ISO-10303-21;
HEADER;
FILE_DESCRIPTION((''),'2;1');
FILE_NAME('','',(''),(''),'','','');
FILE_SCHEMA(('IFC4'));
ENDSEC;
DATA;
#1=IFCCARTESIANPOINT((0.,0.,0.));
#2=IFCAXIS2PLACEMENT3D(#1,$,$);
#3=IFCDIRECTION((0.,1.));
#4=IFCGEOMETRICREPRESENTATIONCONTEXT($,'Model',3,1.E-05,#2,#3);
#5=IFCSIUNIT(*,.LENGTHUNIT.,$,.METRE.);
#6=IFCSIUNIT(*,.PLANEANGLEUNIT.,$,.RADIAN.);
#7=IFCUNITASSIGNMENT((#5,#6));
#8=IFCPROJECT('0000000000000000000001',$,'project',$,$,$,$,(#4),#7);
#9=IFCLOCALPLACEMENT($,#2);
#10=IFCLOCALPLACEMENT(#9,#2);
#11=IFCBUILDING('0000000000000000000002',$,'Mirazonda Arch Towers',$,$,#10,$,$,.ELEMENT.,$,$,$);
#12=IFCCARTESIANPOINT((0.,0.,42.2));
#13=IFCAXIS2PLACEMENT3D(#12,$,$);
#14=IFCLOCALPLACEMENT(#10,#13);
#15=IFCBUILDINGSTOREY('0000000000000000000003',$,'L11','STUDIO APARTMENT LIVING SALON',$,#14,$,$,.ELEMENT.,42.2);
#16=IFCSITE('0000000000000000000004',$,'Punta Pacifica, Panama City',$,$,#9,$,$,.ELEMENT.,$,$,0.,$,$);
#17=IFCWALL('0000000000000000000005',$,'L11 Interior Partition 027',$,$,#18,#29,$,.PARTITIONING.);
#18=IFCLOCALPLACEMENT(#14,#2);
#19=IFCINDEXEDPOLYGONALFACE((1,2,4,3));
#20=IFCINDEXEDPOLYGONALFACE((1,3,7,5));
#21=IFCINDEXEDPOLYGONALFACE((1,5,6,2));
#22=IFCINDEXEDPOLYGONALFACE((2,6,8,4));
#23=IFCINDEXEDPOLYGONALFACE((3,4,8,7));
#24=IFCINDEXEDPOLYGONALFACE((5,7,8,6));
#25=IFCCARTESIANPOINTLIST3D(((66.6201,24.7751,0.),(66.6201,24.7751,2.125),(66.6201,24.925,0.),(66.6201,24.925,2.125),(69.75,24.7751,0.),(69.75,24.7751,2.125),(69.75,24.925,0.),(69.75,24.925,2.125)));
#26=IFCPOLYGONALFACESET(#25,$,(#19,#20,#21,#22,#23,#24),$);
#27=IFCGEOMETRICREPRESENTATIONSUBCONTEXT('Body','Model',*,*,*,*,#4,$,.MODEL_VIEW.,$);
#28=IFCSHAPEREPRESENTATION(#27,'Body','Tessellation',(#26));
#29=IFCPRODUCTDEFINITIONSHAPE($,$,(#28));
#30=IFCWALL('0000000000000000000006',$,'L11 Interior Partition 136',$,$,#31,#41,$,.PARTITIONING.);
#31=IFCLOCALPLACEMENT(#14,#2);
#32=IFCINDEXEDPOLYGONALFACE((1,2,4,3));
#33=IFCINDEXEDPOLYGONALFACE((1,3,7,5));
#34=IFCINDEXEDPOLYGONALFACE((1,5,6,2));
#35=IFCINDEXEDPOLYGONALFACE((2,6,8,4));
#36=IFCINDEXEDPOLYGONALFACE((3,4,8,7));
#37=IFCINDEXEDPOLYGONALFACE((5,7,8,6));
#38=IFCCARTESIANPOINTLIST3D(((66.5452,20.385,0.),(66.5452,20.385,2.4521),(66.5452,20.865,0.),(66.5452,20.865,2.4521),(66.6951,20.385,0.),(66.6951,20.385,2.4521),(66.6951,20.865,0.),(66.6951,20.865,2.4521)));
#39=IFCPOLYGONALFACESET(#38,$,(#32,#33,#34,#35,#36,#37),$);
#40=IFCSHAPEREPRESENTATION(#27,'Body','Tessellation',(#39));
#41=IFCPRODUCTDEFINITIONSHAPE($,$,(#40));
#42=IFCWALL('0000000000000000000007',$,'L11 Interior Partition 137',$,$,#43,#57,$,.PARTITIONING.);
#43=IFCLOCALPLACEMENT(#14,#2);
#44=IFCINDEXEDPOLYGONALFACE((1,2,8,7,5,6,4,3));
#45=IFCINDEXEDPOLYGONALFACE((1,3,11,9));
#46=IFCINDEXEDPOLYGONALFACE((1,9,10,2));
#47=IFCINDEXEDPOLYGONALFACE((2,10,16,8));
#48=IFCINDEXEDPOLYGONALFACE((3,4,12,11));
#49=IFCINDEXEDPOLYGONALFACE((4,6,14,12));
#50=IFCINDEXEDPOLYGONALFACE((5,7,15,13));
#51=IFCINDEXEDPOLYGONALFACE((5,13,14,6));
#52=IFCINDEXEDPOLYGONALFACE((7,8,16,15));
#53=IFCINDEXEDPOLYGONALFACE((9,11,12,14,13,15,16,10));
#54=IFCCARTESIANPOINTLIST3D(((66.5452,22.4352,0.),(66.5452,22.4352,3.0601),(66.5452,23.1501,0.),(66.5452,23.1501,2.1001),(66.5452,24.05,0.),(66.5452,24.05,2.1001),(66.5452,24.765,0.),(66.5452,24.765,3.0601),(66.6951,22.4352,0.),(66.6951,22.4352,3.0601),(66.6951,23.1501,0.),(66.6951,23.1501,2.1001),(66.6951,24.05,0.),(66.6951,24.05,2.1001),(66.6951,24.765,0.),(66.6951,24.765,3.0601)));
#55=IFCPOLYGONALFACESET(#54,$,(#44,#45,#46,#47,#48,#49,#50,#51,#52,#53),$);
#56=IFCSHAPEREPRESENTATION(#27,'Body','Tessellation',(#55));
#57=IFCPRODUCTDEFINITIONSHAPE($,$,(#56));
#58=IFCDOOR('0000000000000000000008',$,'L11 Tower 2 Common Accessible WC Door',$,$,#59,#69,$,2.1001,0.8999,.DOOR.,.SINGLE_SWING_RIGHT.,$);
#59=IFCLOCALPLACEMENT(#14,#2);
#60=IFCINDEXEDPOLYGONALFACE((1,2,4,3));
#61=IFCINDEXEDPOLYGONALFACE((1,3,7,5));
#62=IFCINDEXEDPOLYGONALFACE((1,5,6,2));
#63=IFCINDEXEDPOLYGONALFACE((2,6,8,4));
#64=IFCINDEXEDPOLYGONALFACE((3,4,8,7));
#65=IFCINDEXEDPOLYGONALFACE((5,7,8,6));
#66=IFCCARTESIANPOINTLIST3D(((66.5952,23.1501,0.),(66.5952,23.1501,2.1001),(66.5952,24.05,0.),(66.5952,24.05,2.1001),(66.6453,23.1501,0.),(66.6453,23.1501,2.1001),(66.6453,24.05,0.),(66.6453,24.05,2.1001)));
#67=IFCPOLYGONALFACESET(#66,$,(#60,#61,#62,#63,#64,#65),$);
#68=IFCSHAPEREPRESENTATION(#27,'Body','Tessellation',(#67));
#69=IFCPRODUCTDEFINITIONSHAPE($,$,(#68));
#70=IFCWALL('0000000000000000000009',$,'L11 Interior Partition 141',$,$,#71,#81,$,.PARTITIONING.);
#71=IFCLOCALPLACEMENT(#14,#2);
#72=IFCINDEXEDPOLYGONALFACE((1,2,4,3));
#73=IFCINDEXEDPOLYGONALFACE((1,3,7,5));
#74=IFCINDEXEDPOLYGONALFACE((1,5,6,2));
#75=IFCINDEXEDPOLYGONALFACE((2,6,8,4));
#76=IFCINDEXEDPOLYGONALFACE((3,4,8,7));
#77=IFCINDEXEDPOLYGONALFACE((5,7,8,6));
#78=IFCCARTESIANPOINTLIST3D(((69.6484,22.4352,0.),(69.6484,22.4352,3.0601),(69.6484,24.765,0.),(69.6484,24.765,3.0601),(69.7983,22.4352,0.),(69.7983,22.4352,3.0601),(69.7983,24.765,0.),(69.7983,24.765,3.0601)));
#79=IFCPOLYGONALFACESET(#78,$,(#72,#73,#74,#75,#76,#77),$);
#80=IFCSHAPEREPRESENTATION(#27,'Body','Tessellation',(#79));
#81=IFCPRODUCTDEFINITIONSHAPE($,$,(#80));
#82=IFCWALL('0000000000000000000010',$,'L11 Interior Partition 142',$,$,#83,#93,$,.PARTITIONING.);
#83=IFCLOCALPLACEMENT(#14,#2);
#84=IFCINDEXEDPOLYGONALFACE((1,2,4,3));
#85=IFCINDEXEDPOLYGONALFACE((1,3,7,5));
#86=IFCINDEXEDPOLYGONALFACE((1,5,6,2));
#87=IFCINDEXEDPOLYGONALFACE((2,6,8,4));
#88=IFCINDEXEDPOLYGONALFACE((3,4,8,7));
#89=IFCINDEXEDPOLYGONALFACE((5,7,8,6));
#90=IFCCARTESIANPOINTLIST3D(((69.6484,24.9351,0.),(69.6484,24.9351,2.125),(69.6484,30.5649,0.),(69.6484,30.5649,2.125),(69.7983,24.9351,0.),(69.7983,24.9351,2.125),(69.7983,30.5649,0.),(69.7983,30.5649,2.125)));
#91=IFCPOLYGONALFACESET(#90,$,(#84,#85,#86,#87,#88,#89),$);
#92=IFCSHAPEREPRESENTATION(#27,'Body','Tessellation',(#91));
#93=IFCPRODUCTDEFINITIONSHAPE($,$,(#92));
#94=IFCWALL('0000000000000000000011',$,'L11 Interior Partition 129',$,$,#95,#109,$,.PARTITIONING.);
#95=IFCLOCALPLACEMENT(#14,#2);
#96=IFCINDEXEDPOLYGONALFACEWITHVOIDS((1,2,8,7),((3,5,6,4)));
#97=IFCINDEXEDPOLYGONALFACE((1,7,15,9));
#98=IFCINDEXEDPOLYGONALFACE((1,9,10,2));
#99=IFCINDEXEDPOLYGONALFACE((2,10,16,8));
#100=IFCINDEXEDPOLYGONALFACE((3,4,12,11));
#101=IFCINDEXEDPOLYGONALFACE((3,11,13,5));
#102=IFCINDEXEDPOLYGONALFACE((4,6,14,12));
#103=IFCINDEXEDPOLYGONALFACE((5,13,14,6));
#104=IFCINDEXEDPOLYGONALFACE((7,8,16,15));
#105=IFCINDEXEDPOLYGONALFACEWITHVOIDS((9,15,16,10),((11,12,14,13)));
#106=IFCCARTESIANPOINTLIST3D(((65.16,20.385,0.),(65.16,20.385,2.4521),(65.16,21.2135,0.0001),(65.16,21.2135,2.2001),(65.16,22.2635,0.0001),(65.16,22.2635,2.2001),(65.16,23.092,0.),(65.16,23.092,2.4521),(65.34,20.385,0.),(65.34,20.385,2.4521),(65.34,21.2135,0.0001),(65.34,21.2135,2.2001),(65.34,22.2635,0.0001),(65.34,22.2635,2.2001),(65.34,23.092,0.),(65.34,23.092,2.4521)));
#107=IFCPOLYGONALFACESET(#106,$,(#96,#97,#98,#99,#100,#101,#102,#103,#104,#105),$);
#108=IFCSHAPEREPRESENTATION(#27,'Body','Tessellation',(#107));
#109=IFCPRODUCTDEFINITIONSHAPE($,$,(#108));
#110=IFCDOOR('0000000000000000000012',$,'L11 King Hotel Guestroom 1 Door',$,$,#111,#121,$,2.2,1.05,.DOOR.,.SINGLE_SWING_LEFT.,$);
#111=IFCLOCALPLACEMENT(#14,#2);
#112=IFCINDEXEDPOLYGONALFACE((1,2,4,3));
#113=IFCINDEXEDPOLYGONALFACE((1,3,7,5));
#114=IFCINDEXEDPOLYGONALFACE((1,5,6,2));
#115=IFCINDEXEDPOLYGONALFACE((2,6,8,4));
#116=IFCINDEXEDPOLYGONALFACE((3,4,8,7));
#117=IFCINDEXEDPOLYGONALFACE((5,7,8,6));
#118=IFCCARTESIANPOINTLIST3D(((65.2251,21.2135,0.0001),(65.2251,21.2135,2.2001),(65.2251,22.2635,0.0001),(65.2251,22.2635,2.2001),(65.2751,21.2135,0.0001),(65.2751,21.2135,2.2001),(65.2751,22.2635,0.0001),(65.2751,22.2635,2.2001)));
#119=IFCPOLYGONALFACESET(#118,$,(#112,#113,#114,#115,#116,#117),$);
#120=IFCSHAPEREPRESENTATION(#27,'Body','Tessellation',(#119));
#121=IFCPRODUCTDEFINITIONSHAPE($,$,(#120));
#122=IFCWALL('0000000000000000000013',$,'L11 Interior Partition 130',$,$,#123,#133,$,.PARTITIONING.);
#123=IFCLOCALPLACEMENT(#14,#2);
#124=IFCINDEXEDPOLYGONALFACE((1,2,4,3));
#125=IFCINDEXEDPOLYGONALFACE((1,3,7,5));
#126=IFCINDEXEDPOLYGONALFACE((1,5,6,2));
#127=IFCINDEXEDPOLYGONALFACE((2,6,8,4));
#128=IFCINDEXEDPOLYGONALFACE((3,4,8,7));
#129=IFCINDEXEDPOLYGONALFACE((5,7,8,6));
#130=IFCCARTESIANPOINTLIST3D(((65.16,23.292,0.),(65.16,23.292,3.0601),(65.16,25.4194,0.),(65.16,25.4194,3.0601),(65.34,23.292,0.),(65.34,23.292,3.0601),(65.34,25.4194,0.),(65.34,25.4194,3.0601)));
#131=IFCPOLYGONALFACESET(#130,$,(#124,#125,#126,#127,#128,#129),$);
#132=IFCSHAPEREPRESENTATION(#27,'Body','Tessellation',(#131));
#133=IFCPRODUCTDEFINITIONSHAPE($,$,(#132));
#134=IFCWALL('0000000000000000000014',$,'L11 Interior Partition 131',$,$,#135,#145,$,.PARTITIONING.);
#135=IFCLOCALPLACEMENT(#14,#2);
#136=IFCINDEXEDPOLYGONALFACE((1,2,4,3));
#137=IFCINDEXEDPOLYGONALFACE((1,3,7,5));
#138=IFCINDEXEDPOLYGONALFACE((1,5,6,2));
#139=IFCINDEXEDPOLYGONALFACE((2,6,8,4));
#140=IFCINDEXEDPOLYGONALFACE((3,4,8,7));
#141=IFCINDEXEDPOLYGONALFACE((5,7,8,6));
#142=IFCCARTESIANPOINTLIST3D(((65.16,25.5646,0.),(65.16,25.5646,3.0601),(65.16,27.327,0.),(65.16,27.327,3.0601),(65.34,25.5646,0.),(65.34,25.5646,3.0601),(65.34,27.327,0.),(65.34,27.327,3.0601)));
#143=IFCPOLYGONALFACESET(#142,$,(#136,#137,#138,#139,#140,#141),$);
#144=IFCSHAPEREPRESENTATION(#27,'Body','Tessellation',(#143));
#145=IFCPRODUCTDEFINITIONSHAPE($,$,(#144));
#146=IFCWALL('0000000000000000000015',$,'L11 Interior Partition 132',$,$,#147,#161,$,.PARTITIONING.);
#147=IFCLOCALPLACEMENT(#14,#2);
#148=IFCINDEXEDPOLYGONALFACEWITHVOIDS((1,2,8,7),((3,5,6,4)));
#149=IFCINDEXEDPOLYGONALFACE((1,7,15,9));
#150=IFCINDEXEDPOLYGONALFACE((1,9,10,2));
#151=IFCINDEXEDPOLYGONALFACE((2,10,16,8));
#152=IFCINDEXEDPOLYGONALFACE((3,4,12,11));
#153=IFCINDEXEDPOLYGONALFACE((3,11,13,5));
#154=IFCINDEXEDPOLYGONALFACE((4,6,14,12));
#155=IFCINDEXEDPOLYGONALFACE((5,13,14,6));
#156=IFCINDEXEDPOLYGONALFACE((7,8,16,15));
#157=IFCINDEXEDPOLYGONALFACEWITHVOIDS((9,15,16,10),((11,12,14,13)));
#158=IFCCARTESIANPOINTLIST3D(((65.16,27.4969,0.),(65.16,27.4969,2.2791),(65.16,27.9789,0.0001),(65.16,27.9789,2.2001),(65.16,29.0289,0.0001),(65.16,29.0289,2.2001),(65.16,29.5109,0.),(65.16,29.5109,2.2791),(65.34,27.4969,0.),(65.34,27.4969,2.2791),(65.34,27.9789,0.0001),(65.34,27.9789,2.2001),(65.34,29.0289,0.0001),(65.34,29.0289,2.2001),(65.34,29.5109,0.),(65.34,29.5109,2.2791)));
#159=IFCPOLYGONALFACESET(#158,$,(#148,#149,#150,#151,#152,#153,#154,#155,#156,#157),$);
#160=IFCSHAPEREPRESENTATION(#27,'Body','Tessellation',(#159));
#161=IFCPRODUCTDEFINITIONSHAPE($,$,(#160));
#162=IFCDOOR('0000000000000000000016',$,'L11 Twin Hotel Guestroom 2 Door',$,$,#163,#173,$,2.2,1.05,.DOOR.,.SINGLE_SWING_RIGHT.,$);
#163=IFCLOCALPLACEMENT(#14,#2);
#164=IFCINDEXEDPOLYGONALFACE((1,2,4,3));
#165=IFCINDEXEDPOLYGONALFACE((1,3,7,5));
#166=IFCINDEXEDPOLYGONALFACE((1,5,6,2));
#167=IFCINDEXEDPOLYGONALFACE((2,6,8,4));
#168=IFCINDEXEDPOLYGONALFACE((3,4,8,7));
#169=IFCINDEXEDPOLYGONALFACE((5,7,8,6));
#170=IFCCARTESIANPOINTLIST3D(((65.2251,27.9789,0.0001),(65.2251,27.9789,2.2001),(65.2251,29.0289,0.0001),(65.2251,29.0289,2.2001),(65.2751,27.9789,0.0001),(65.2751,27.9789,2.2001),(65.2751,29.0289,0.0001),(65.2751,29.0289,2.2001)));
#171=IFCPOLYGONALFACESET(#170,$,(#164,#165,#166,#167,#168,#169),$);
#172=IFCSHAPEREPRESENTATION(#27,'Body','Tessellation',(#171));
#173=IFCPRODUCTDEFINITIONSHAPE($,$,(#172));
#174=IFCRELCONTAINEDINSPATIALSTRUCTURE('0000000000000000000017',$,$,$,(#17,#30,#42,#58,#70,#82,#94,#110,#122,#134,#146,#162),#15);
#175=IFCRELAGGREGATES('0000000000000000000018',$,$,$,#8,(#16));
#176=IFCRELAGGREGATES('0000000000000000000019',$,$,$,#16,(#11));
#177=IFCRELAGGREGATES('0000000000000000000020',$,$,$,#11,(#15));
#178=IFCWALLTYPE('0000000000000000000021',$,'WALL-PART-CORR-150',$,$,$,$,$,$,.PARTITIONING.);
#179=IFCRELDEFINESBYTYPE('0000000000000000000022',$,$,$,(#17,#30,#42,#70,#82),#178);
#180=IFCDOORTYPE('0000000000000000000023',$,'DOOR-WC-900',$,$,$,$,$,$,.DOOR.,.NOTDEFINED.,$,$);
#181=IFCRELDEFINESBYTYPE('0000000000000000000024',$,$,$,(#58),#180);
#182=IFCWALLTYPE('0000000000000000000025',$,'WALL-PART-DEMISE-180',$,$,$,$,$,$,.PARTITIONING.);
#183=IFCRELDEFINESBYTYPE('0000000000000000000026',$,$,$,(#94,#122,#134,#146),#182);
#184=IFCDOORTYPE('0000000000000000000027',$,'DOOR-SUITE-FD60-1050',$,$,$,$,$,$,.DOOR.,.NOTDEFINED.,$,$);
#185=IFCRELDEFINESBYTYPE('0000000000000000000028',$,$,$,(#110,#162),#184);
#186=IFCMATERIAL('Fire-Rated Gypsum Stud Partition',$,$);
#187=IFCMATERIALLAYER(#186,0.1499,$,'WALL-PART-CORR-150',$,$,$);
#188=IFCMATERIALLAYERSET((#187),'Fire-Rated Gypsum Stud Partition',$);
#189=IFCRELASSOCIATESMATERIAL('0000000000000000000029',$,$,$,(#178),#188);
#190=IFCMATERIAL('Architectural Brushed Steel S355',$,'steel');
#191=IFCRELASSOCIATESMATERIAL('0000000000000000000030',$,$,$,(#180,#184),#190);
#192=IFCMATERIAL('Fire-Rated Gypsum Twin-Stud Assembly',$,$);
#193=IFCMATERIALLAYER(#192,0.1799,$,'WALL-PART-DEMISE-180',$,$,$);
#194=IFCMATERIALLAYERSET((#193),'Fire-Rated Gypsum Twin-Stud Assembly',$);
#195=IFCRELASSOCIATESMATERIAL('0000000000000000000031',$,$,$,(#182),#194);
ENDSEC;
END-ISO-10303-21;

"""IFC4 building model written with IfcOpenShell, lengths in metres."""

from ifc_helpers import new_model, si_unit, direction, frame, frame_2d, origin, place, context, subcontext, project, spatial, rectangle, extrude, material, layer, layer_set, type_object, element, fill, save


model = new_model("IFC4")

# Units and contexts
model_context = context("Model", 3, precision=1e-05, world=origin(), true_north=direction((0.0, 1.0)))
body_context = subcontext(model_context, "Body", "Model", "MODEL_VIEW")
ifc_project = project(units=[si_unit("LENGTHUNIT", "METRE"), si_unit("PLANEANGLEUNIT", "RADIAN")], contexts=[model_context])

# Site, building, storey
site_placement = place(None, origin())
site = spatial("IfcSite", under=ifc_project, at=site_placement, Name="Punta Pacifica, Panama City", CompositionType="ELEMENT", RefElevation=0.0)
building_placement = place(site_placement, origin())
building = spatial("IfcBuilding", under=site, at=building_placement, Name="Mirazonda Arch Towers", CompositionType="ELEMENT")
storey_placement = place(building_placement, frame((0.0, 0.0, 42.2)))
storey = spatial("IfcBuildingStorey", under=building, at=storey_placement, Name="L11", Description="STUDIO APARTMENT LIVING SALON", CompositionType="ELEMENT", Elevation=42.2)

# Shared definitions
ifc_material_1 = material(Name="Architectural Brushed Steel S355", Category="steel")

# Shared definitions
ifc_material_2 = material(Name="Fire-Rated Gypsum Stud Partition")
ifc_layer_1 = layer(ifc_material_2, 0.1499, Name="WALL-PART-CORR-150")
ifc_layer_set_1 = layer_set([ifc_layer_1], Name="Fire-Rated Gypsum Stud Partition")
wall_type_1 = type_object("IfcWallType", Name="WALL-PART-CORR-150", PredefinedType="PARTITIONING", material=ifc_layer_set_1)

# Walls
wall_1_placement = place(storey_placement, frame((66.6201, 24.8501, 0.0), z_axis=(0.0, 0.0, 1.0), x_axis=(1.0, 0.0, 0.0)))
element("IfcWall", 1, at=wall_1_placement, inside=storey, type_object=wall_type_1, Name="L11 Interior Partition 027", PredefinedType="PARTITIONING", context=body_context, shape_type="SweptSolid", body=[
    extrude(rectangle(XDim=3.1299, YDim=0.1499, at=frame_2d((1.5649, 0.0))), origin(), (0.0, 0.0, 1.0), 2.125),
])
wall_2_placement = place(storey_placement, frame((66.6201, 20.385, 0.0), z_axis=(0.0, 0.0, 1.0), x_axis=(0.0, 1.0, 0.0)))
element("IfcWall", 2, at=wall_2_placement, inside=storey, type_object=wall_type_1, Name="L11 Interior Partition 136", PredefinedType="PARTITIONING", context=body_context, shape_type="SweptSolid", body=[
    extrude(rectangle(XDim=0.48, YDim=0.1499, at=frame_2d((0.24, 0.0))), origin(), (0.0, 0.0, 1.0), 2.4521),
])

# Wall, opening, door
wall_3_placement = place(storey_placement, frame((66.6201, 22.4351, 0.0), z_axis=(0.0, 0.0, 1.0), x_axis=(0.0, 1.0, 0.0)))
wall_3 = element("IfcWall", 3, at=wall_3_placement, inside=storey, type_object=wall_type_1, Name="L11 Interior Partition 137", PredefinedType="PARTITIONING", context=body_context, shape_type="SweptSolid", body=[
    extrude(rectangle(XDim=2.3298, YDim=0.1499, at=frame_2d((1.165, 0.0))), origin(), (0.0, 0.0, 1.0), 3.0601),
])
opening_1_placement = place(wall_3_placement, frame((0.7151, 0.0, 0.0)))
opening_1 = element("IfcOpeningElement", 4, at=opening_1_placement, cuts=wall_3, PredefinedType="OPENING", context=body_context, shape_type="SweptSolid", body=[
    extrude(rectangle(XDim=0.8999, YDim=2.1001, at=frame_2d((0.45, 1.05))), frame((0.0, 0.085, 0.0), z_axis=(0.0, -1.0, 0.0), x_axis=(1.0, 0.0, 0.0)), (0.0, 0.0, 1.0), 0.1699),
])
door_type_1 = type_object("IfcDoorType", Name="DOOR-WC-900", OperationType="NOTDEFINED", PredefinedType="DOOR", material=ifc_material_1)
door_1_placement = place(opening_1_placement, origin())
door_1 = element("IfcDoor", 5, at=door_1_placement, inside=storey, type_object=door_type_1, Name="L11 Tower 2 Common Accessible WC Door", OperationType="SINGLE_SWING_RIGHT", OverallHeight=2.1001, OverallWidth=0.8999, PredefinedType="DOOR", context=body_context, shape_type="SweptSolid", body=[
    extrude(rectangle(XDim=0.8999, YDim=2.1001, at=frame_2d((0.45, 1.05))), frame((0.0, 0.0249, 0.0), z_axis=(0.0, -1.0, 0.0), x_axis=(1.0, 0.0, 0.0)), (0.0, 0.0, 1.0), 0.05),
])
fill(opening_1, door_1)

# Walls
wall_4_placement = place(storey_placement, frame((69.7234, 22.4351, 0.0), z_axis=(0.0, 0.0, 1.0), x_axis=(0.0, 1.0, 0.0)))
element("IfcWall", 6, at=wall_4_placement, inside=storey, type_object=wall_type_1, Name="L11 Interior Partition 141", PredefinedType="PARTITIONING", context=body_context, shape_type="SweptSolid", body=[
    extrude(rectangle(XDim=2.3298, YDim=0.1499, at=frame_2d((1.165, 0.0))), origin(), (0.0, 0.0, 1.0), 3.0601),
])
wall_5_placement = place(storey_placement, frame((69.7234, 24.9351, 0.0), z_axis=(0.0, 0.0, 1.0), x_axis=(0.0, 1.0, 0.0)))
element("IfcWall", 7, at=wall_5_placement, inside=storey, type_object=wall_type_1, Name="L11 Interior Partition 142", PredefinedType="PARTITIONING", context=body_context, shape_type="SweptSolid", body=[
    extrude(rectangle(XDim=5.6299, YDim=0.1499, at=frame_2d((2.8149, 0.0))), origin(), (0.0, 0.0, 1.0), 2.125),
])

# Wall, opening, door
ifc_material_3 = material(Name="Fire-Rated Gypsum Twin-Stud Assembly")
ifc_layer_2 = layer(ifc_material_3, 0.1799, Name="WALL-PART-DEMISE-180")
ifc_layer_set_2 = layer_set([ifc_layer_2], Name="Fire-Rated Gypsum Twin-Stud Assembly")
wall_type_2 = type_object("IfcWallType", Name="WALL-PART-DEMISE-180", PredefinedType="PARTITIONING", material=ifc_layer_set_2)
wall_6_placement = place(storey_placement, frame((65.25, 20.385, 0.0), z_axis=(0.0, 0.0, 1.0), x_axis=(0.0, 1.0, 0.0)))
wall_6 = element("IfcWall", 8, at=wall_6_placement, inside=storey, type_object=wall_type_2, Name="L11 Interior Partition 129", PredefinedType="PARTITIONING", context=body_context, shape_type="SweptSolid", body=[
    extrude(rectangle(XDim=2.707, YDim=0.1799, at=frame_2d((1.3535, 0.0))), origin(), (0.0, 0.0, 1.0), 2.4521),
])
opening_2_placement = place(wall_6_placement, frame((0.8286, 0.0, 0.0)))
opening_2 = element("IfcOpeningElement", 9, at=opening_2_placement, cuts=wall_6, PredefinedType="OPENING", context=body_context, shape_type="SweptSolid", body=[
    extrude(rectangle(XDim=1.05, YDim=2.2, at=frame_2d((0.5249, 1.1001))), frame((0.0, 0.0999, 0.0), z_axis=(0.0, -1.0, 0.0), x_axis=(1.0, 0.0, 0.0)), (0.0, 0.0, 1.0), 0.2),
])
door_type_2 = type_object("IfcDoorType", Name="DOOR-SUITE-FD60-1050", OperationType="NOTDEFINED", PredefinedType="DOOR", material=ifc_material_1)
door_2_placement = place(opening_2_placement, origin())
door_2 = element("IfcDoor", 10, at=door_2_placement, inside=storey, type_object=door_type_2, Name="L11 King Hotel Guestroom 1 Door", OperationType="SINGLE_SWING_LEFT", OverallHeight=2.2, OverallWidth=1.05, PredefinedType="DOOR", context=body_context, shape_type="SweptSolid", body=[
    extrude(rectangle(XDim=1.05, YDim=2.2, at=frame_2d((0.5249, 1.1001))), frame((0.0, 0.0249, 0.0), z_axis=(0.0, -1.0, 0.0), x_axis=(1.0, 0.0, 0.0)), (0.0, 0.0, 1.0), 0.05),
])
fill(opening_2, door_2)

# Walls
wall_7_placement = place(storey_placement, frame((65.25, 23.292, 0.0), z_axis=(0.0, 0.0, 1.0), x_axis=(0.0, 1.0, 0.0)))
element("IfcWall", 11, at=wall_7_placement, inside=storey, type_object=wall_type_2, Name="L11 Interior Partition 130", PredefinedType="PARTITIONING", context=body_context, shape_type="SweptSolid", body=[
    extrude(rectangle(XDim=2.1274, YDim=0.1799, at=frame_2d((1.0637, 0.0))), origin(), (0.0, 0.0, 1.0), 3.0601),
])
wall_8_placement = place(storey_placement, frame((65.25, 25.5645, 0.0), z_axis=(0.0, 0.0, 1.0), x_axis=(0.0, 1.0, 0.0)))
element("IfcWall", 12, at=wall_8_placement, inside=storey, type_object=wall_type_2, Name="L11 Interior Partition 131", PredefinedType="PARTITIONING", context=body_context, shape_type="SweptSolid", body=[
    extrude(rectangle(XDim=1.7625, YDim=0.1799, at=frame_2d((0.8813, 0.0))), origin(), (0.0, 0.0, 1.0), 3.0601),
])

# Wall, opening, door
wall_9_placement = place(storey_placement, frame((65.25, 27.4971, 0.0), z_axis=(0.0, 0.0, 1.0), x_axis=(0.0, 1.0, 0.0)))
wall_9 = element("IfcWall", 13, at=wall_9_placement, inside=storey, type_object=wall_type_2, Name="L11 Interior Partition 132", PredefinedType="PARTITIONING", context=body_context, shape_type="SweptSolid", body=[
    extrude(rectangle(XDim=2.0139, YDim=0.1799, at=frame_2d((1.0068, 0.0))), origin(), (0.0, 0.0, 1.0), 2.2791),
])
opening_3_placement = place(wall_9_placement, frame((0.4819, 0.0, 0.0)))
opening_3 = element("IfcOpeningElement", 14, at=opening_3_placement, cuts=wall_9, PredefinedType="OPENING", context=body_context, shape_type="SweptSolid", body=[
    extrude(rectangle(XDim=1.05, YDim=2.2, at=frame_2d((0.5249, 1.1001))), frame((0.0, 0.0999, 0.0), z_axis=(0.0, -1.0, 0.0), x_axis=(1.0, 0.0, 0.0)), (0.0, 0.0, 1.0), 0.2),
])
door_3_placement = place(opening_3_placement, origin())
door_3 = element("IfcDoor", 15, at=door_3_placement, inside=storey, type_object=door_type_2, Name="L11 Twin Hotel Guestroom 2 Door", OperationType="SINGLE_SWING_RIGHT", OverallHeight=2.2, OverallWidth=1.05, PredefinedType="DOOR", context=body_context, shape_type="SweptSolid", body=[
    extrude(rectangle(XDim=1.05, YDim=2.2, at=frame_2d((0.5249, 1.1001))), frame((0.0, 0.0249, 0.0), z_axis=(0.0, -1.0, 0.0), x_axis=(1.0, 0.0, 0.0)), (0.0, 0.0, 1.0), 0.05),
])
fill(opening_3, door_3)

save(model, "model.ifc")
